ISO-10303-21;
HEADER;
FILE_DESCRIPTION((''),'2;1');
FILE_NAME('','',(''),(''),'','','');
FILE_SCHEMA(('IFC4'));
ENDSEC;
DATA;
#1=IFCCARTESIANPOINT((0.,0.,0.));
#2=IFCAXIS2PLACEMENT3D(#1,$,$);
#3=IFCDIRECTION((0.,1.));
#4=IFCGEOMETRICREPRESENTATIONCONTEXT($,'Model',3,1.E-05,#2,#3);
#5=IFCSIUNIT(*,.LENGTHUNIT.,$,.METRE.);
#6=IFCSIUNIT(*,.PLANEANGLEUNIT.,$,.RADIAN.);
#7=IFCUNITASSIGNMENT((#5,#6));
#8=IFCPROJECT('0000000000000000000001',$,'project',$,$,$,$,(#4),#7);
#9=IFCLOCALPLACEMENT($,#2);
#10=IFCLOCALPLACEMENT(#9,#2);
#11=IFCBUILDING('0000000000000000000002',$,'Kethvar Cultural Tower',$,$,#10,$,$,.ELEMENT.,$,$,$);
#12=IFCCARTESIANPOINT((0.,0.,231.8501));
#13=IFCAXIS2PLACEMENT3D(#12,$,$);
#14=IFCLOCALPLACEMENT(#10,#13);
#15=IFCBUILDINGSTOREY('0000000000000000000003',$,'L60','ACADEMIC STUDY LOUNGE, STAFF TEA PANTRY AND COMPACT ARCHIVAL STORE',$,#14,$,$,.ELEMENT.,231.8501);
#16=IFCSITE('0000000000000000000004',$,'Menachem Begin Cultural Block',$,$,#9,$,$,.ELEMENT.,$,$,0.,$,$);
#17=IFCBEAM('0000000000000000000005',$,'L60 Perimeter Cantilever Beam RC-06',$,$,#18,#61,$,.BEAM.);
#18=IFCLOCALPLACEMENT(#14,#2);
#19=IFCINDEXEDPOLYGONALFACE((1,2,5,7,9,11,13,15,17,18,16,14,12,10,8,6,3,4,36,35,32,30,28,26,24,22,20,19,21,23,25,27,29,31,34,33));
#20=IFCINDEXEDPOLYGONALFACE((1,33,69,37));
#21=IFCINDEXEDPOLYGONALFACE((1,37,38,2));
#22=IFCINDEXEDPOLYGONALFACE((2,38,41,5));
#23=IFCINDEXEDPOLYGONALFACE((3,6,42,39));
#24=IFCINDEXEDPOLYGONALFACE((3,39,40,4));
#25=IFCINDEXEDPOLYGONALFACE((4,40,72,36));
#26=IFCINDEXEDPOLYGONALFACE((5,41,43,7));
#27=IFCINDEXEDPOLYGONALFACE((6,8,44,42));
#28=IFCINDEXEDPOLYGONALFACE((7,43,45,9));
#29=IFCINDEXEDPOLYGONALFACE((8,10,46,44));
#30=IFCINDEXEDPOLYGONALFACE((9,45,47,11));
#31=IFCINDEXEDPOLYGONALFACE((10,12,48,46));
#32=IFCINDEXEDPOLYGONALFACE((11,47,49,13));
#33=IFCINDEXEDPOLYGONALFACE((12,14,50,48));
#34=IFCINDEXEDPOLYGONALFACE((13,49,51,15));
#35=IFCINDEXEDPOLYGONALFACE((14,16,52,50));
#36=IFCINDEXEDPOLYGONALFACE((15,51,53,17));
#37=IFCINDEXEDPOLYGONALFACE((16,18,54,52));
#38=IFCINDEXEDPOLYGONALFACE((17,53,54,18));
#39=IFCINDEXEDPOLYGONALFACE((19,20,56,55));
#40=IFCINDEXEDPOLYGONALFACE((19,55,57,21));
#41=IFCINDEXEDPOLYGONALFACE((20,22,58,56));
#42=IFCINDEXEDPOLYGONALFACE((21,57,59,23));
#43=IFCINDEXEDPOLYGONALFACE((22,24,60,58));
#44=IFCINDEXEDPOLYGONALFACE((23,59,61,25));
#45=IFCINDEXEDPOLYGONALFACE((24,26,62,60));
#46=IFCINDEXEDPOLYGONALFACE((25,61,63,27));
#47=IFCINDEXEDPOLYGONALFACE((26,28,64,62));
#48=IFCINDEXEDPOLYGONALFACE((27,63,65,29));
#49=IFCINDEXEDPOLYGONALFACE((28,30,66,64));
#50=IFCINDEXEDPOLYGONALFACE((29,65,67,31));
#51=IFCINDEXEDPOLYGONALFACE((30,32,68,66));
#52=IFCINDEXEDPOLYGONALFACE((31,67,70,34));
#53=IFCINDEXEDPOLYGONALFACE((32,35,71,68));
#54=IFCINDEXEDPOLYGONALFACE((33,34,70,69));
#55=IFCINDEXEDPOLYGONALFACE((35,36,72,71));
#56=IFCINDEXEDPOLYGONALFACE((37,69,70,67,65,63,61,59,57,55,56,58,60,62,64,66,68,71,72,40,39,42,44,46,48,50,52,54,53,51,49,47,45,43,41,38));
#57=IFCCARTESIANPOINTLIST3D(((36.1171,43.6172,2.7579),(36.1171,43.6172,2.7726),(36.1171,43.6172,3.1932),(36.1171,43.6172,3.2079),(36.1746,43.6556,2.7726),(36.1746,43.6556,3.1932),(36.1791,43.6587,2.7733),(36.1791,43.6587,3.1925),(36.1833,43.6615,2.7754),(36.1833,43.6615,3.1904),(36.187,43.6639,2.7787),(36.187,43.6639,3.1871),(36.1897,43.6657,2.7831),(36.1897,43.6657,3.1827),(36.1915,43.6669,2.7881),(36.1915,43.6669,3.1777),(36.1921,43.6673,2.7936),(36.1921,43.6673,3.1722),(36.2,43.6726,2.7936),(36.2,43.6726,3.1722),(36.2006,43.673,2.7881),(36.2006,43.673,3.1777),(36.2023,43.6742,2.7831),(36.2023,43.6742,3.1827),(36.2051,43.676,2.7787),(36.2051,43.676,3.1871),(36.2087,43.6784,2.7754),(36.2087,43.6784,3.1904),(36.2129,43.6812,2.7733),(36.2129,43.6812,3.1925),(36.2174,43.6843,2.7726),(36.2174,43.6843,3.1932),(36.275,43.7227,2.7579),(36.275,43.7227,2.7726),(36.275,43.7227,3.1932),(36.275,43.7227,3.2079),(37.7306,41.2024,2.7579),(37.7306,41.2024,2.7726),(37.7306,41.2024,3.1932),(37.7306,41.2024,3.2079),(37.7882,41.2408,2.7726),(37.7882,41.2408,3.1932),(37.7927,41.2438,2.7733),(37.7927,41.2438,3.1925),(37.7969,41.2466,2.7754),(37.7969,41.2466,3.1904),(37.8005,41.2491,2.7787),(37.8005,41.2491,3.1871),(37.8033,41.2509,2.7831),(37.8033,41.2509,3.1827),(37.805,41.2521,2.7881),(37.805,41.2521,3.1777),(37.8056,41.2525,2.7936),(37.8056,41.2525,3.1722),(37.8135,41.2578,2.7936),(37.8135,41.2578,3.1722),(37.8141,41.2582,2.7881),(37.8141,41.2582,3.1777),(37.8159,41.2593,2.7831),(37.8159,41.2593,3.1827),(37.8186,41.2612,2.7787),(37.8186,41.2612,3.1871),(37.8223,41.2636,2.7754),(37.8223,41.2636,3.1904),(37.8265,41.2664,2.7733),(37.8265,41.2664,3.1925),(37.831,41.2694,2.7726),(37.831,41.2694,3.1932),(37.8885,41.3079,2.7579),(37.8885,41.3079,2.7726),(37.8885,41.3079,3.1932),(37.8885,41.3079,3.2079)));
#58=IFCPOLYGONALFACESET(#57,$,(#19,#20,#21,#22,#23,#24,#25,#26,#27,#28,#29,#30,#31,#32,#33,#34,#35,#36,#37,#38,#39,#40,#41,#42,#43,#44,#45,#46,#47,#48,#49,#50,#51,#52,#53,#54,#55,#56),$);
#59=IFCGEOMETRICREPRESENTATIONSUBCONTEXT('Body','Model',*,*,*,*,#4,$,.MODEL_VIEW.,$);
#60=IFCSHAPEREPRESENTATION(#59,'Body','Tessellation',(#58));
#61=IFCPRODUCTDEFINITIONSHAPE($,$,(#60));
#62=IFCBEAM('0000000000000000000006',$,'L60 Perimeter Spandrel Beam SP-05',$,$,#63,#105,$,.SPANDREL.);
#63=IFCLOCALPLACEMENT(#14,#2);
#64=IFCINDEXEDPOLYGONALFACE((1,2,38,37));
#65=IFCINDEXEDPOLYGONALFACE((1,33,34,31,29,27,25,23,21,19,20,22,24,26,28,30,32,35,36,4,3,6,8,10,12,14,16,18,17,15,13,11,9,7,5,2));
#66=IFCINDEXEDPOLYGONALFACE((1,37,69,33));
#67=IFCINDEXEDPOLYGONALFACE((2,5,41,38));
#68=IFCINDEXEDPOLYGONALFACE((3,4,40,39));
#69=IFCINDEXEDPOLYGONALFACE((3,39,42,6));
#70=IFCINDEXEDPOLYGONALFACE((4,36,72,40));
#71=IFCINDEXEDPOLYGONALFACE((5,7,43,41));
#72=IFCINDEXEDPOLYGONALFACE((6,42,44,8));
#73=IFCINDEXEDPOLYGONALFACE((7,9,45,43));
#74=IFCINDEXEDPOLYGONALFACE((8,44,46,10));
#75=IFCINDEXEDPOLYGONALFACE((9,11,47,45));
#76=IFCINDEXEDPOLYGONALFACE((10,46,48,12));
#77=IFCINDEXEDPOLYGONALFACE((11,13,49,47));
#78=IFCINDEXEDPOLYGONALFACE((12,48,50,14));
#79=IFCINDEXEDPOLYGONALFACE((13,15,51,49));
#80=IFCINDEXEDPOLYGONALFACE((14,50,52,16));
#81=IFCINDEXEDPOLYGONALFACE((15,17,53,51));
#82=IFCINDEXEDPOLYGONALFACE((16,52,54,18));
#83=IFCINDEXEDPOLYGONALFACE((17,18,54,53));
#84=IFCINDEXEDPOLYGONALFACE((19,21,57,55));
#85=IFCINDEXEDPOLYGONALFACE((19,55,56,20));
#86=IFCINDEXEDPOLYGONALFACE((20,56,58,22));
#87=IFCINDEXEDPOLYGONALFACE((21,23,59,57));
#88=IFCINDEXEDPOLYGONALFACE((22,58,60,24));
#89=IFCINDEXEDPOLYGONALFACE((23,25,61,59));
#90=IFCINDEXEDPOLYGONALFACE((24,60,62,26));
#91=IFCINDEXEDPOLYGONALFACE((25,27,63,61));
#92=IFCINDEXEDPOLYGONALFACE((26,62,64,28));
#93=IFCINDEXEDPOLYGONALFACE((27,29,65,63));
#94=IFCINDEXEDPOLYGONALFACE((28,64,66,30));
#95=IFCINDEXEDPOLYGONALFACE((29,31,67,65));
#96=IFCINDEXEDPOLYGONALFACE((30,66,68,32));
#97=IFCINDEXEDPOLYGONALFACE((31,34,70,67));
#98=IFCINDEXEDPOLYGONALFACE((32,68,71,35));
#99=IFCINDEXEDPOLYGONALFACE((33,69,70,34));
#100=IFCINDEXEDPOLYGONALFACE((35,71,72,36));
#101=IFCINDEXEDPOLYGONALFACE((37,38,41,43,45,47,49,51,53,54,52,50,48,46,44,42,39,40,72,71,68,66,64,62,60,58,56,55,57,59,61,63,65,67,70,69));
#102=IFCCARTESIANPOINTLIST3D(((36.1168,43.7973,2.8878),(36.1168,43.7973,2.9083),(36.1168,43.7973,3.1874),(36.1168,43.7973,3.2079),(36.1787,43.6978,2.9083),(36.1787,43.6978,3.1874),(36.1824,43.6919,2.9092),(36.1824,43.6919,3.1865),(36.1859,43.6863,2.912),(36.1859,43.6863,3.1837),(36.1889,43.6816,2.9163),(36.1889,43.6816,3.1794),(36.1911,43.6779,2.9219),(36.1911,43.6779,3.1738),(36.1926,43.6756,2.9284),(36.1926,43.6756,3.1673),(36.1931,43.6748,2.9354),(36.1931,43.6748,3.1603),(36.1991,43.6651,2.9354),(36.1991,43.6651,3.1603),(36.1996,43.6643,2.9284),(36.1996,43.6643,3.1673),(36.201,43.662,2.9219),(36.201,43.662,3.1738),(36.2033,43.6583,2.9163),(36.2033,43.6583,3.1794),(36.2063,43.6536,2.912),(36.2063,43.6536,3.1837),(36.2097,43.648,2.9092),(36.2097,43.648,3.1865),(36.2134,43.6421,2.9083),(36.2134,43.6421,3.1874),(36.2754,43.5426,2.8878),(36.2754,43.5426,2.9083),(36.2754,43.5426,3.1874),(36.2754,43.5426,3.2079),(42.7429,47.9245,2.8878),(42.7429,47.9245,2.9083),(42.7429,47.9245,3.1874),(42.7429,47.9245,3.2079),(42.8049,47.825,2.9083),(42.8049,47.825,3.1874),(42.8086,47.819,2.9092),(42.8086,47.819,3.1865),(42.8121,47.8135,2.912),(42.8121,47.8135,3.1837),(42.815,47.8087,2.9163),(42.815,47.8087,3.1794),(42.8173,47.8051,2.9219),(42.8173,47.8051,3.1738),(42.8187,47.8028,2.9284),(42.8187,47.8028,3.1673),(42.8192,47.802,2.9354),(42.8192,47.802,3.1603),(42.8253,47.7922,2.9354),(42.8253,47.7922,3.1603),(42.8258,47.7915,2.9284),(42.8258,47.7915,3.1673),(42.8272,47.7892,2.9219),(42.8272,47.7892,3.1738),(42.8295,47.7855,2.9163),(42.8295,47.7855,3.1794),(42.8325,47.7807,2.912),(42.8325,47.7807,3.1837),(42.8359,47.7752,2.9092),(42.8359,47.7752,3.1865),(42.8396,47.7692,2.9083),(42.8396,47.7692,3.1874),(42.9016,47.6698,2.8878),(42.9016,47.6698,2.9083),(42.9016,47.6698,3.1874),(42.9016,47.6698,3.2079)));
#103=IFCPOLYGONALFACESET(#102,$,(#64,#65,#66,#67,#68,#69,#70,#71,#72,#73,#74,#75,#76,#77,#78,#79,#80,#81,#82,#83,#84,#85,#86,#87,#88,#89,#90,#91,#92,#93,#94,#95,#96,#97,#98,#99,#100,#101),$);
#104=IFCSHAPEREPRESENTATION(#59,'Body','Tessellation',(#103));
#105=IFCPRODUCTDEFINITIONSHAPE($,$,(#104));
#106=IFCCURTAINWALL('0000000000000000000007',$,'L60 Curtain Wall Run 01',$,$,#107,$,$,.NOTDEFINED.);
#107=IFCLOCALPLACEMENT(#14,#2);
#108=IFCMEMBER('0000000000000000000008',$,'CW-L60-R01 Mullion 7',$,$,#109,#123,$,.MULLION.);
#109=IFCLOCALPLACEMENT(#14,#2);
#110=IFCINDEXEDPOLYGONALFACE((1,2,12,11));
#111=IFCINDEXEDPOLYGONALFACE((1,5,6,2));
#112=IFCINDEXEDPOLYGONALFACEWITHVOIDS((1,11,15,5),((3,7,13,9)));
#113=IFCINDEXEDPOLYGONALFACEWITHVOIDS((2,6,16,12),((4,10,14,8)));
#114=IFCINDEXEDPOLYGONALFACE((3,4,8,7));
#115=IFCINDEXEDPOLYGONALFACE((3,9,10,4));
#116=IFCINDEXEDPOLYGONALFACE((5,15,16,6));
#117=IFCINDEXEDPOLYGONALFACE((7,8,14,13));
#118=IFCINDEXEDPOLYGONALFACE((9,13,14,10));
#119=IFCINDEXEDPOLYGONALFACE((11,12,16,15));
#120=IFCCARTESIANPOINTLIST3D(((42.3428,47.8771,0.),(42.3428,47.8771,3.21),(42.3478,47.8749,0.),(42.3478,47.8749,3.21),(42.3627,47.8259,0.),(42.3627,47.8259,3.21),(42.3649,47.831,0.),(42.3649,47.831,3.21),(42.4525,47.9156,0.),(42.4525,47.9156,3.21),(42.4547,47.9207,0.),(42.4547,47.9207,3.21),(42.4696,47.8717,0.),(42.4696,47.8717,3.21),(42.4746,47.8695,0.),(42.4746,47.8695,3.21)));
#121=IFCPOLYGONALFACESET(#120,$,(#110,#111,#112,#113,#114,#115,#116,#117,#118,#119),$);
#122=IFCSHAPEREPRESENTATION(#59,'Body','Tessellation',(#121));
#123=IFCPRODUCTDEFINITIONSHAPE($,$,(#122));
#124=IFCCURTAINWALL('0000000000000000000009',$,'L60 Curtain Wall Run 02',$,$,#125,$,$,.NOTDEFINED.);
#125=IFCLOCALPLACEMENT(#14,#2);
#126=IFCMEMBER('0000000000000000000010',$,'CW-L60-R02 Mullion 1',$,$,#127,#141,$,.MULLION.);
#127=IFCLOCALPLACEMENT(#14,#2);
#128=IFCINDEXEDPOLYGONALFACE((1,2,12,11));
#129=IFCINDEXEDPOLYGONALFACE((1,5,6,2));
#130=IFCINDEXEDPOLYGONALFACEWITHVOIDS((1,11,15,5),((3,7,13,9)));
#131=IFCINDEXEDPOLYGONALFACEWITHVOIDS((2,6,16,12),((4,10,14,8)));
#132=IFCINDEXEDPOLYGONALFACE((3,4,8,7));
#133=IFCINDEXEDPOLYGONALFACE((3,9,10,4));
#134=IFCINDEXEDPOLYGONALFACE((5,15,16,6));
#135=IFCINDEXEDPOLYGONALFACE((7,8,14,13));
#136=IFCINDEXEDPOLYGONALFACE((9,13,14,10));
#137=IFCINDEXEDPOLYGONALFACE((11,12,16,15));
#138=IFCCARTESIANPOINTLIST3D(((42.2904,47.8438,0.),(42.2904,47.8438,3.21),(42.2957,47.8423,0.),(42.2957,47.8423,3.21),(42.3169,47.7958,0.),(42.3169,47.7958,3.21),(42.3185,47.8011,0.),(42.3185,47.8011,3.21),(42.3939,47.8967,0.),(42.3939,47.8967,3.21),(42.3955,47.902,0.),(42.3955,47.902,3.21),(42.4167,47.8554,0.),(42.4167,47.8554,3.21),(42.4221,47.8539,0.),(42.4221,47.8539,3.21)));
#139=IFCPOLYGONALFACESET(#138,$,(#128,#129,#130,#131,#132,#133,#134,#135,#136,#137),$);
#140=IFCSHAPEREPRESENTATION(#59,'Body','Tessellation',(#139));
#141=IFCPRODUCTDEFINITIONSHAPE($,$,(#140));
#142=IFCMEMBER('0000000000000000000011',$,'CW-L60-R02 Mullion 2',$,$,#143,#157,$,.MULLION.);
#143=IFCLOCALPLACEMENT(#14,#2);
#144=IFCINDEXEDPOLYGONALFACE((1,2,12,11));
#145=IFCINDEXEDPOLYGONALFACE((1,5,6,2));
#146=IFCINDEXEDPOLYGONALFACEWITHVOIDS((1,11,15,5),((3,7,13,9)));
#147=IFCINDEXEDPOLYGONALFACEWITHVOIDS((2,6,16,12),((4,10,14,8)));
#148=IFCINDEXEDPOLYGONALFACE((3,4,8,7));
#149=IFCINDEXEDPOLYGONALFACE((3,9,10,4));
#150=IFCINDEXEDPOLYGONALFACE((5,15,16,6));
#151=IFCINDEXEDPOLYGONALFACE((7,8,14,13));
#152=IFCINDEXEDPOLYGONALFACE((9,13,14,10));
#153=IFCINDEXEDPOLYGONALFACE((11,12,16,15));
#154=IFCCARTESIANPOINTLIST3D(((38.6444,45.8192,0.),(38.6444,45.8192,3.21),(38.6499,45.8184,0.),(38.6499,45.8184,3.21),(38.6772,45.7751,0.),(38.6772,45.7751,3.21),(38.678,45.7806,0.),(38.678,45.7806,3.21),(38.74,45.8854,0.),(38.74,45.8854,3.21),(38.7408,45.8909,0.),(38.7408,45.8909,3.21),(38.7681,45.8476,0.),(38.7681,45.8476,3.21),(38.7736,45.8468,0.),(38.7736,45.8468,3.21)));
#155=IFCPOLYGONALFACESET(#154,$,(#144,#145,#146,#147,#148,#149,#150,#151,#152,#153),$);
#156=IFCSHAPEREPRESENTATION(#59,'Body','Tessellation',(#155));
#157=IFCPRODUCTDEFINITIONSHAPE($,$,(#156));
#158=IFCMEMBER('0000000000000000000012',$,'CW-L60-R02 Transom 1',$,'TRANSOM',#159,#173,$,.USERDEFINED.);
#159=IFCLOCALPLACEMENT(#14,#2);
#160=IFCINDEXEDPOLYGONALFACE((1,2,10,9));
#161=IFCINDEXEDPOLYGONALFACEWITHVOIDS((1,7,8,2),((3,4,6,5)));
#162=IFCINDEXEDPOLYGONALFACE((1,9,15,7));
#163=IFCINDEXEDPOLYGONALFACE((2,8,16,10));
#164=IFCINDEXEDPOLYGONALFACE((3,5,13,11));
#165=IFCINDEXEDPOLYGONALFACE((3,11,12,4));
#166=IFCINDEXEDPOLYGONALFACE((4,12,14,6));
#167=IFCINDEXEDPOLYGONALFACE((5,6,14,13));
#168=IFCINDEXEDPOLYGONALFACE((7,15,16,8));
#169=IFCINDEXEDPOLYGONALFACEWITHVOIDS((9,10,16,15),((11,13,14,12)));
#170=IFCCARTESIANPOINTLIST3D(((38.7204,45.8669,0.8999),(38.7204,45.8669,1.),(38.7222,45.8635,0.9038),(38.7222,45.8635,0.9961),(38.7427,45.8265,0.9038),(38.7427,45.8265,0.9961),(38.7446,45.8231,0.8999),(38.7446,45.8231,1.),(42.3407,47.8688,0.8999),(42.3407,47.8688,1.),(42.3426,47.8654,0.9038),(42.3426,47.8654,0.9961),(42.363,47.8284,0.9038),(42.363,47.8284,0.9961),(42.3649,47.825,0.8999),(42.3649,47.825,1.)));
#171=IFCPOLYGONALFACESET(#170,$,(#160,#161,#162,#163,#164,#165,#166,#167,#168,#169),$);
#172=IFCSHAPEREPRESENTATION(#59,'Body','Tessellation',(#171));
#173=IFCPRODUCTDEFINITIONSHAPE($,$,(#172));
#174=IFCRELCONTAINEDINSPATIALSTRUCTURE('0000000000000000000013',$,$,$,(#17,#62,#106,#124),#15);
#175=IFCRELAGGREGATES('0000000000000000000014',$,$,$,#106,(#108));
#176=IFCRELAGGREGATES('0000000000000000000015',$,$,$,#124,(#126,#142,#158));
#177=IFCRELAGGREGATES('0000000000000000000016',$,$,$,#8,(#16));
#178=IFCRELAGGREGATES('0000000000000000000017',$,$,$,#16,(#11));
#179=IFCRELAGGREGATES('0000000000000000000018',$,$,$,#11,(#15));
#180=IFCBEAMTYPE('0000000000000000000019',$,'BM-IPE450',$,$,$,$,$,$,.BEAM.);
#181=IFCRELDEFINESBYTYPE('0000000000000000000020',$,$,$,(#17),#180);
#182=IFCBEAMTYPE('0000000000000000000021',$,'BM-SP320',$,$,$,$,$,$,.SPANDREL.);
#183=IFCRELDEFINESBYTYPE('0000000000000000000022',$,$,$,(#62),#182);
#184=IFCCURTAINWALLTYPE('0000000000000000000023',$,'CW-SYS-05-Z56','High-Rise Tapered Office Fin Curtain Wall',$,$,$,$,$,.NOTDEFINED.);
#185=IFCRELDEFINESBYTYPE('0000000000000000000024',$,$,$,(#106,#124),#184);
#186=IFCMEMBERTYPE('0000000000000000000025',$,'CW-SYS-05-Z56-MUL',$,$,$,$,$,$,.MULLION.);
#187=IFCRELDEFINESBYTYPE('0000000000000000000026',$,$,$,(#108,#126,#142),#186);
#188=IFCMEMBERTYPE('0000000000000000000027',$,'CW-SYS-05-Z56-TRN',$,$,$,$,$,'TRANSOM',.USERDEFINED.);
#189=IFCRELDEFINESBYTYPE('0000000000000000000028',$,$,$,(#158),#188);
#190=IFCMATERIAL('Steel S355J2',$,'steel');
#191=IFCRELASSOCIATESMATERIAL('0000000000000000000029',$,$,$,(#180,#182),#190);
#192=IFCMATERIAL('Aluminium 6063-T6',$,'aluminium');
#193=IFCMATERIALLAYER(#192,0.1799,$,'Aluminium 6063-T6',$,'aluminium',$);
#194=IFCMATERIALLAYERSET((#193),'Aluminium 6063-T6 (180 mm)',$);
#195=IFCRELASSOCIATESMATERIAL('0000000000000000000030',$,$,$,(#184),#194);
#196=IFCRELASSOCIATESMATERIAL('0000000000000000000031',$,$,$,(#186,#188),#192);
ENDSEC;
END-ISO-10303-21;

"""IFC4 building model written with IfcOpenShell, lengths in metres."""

from ifc_helpers import new_model, si_unit, direction, frame, origin, origin_2d, place, context, subcontext, project, spatial, hollow_rectangle, i_section, extrude, source, transform, mapped, material, layer, layer_set, material_profile, profile_set, type_object, element, aggregate, save


model = new_model("IFC4")

# Units and contexts
model_context = context("Model", 3, precision=1e-05, world=origin(), true_north=direction((0.0, 1.0)))
body_context = subcontext(model_context, "Body", "Model", "MODEL_VIEW")
ifc_project = project(units=[si_unit("LENGTHUNIT", "METRE"), si_unit("PLANEANGLEUNIT", "RADIAN")], contexts=[model_context])

# Site, building, storey
site_placement = place(None, origin())
site = spatial("IfcSite", under=ifc_project, at=site_placement, Name="Menachem Begin Cultural Block", CompositionType="ELEMENT", RefElevation=0.0)
building_placement = place(site_placement, origin())
building = spatial("IfcBuilding", under=site, at=building_placement, Name="Kethvar Cultural Tower", CompositionType="ELEMENT")
storey_placement = place(building_placement, frame((0.0, 0.0, 231.8501)))
storey = spatial("IfcBuildingStorey", under=building, at=storey_placement, Name="L60", Description="ACADEMIC STUDY LOUNGE, STAFF TEA PANTRY AND COMPACT ARCHIVAL STORE", CompositionType="ELEMENT", Elevation=231.8501)

# Beams
ifc_material_1 = material(Name="Steel S355J2", Category="steel")
ifc_material_profile_1 = material_profile(ifc_material_1, i_section(OverallWidth=0.1899, OverallDepth=0.45, WebThickness=0.0095, FlangeThickness=0.0146, FilletRadius=0.021, at=origin_2d()), Name="Steel S355J2 — IPE450")
ifc_profile_set_1 = profile_set([ifc_material_profile_1], Name="Steel S355J2 — IPE450")
beam_type_1 = type_object("IfcBeamType", Name="BM-IPE450", PredefinedType="BEAM", material=ifc_profile_set_1)
shared_shape_1 = source(origin(), body_context, "Body", "SweptSolid", [
    extrude(i_section(OverallWidth=0.1899, OverallDepth=0.45, WebThickness=0.0095, FlangeThickness=0.0146, FilletRadius=0.021, at=origin_2d()), origin(), (0.0, 0.0, 1.0), 2.9043),
])
beam_1_placement = place(storey_placement, frame((37.8096, 41.2551, 2.9829), z_axis=(-0.555573, 0.831468, 0.0), x_axis=(-0.831468, -0.555573, 0.0)))
element("IfcBeam", 1, at=beam_1_placement, inside=storey, type_object=beam_type_1, Name="L60 Perimeter Cantilever Beam RC-06", PredefinedType="BEAM", context=body_context, shape_type="MappedRepresentation", body=[
    mapped(shared_shape_1, transform((0.0, 0.0, 0.0), scale=1.0)),
])
ifc_material_profile_2 = material_profile(ifc_material_1, i_section(OverallWidth=0.3, OverallDepth=0.3201, WebThickness=0.0115, FlangeThickness=0.0205, FilletRadius=0.0271, at=origin_2d()), Name="Steel S355J2 — HEB320")
ifc_profile_set_2 = profile_set([ifc_material_profile_2], Name="Steel S355J2 — HEB320")
beam_type_2 = type_object("IfcBeamType", Name="BM-SP320", PredefinedType="SPANDREL", material=ifc_profile_set_2)
shared_shape_2 = source(origin(), body_context, "Body", "SweptSolid", [
    extrude(i_section(OverallWidth=0.3, OverallDepth=0.3201, WebThickness=0.0115, FlangeThickness=0.0205, FilletRadius=0.0271, at=origin_2d()), origin(), (0.0, 0.0, 1.0), 7.8064),
])
beam_2_placement = place(storey_placement, frame((42.8223, 47.7971, 3.0479), z_axis=(-0.848814, -0.528691, 0.0), x_axis=(0.528691, -0.848814, 0.0)))
element("IfcBeam", 2, at=beam_2_placement, inside=storey, type_object=beam_type_2, Name="L60 Perimeter Spandrel Beam SP-05", PredefinedType="SPANDREL", context=body_context, shape_type="MappedRepresentation", body=[
    mapped(shared_shape_2, transform((0.0, 0.0, 0.0), scale=1.0)),
])

# Curtain wall, member
ifc_material_2 = material(Name="Aluminium 6063-T6", Category="aluminium")
ifc_layer_1 = layer(ifc_material_2, 0.1799, Name="Aluminium 6063-T6", Category="aluminium")
ifc_layer_set_1 = layer_set([ifc_layer_1], Name="Aluminium 6063-T6 (180 mm)")
curtain_wall_type = type_object("IfcCurtainWallType", Name="CW-SYS-05-Z56", Description="High-Rise Tapered Office Fin Curtain Wall", PredefinedType="NOTDEFINED", material=ifc_layer_set_1)
curtain_wall_1_placement = place(storey_placement, origin())
curtain_wall_1 = element("IfcCurtainWall", 3, at=curtain_wall_1_placement, inside=storey, type_object=curtain_wall_type, Name="L60 Curtain Wall Run 01", PredefinedType="NOTDEFINED")
ifc_material_profile_3 = material_profile(ifc_material_2, hollow_rectangle(XDim=0.0549, YDim=0.1201, WallThickness=0.0039, at=origin_2d()), Name="Aluminium 6063-T6 — RHS120x55x4")
ifc_profile_set_3 = profile_set([ifc_material_profile_3], Name="Aluminium 6063-T6 — RHS120x55x4")
member_type_1 = type_object("IfcMemberType", Name="CW-SYS-05-Z56-MUL", PredefinedType="MULLION", material=ifc_profile_set_3)
shared_shape_3 = source(origin(), body_context, "Body", "SweptSolid", [
    extrude(hollow_rectangle(XDim=0.0549, YDim=0.1201, WallThickness=0.0039, at=origin_2d()), origin(), (0.0, 0.0, 1.0), 3.21),
])
member_1_placement = place(storey_placement, frame((42.4087, 47.8733, 0.0), z_axis=(0.0, 0.0, 1.0), x_axis=(0.362698, -0.931907, 0.0)))
member_1 = element("IfcMember", 4, at=member_1_placement, type_object=member_type_1, Name="CW-L60-R01 Mullion 7", PredefinedType="MULLION", context=body_context, shape_type="MappedRepresentation", body=[
    mapped(shared_shape_3, transform((0.0, 0.0, 0.0), scale=1.0)),
])

# Curtain wall, members
curtain_wall_2_placement = place(storey_placement, origin())
curtain_wall_2 = element("IfcCurtainWall", 5, at=curtain_wall_2_placement, inside=storey, type_object=curtain_wall_type, Name="L60 Curtain Wall Run 02", PredefinedType="NOTDEFINED")
member_2_placement = place(storey_placement, frame((42.3562, 47.8489, 0.0), z_axis=(0.0, 0.0, 1.0), x_axis=(0.483924, -0.87511, 0.0)))
member_2 = element("IfcMember", 6, at=member_2_placement, type_object=member_type_1, Name="CW-L60-R02 Mullion 1", PredefinedType="MULLION", context=body_context, shape_type="MappedRepresentation", body=[
    mapped(shared_shape_3, transform((0.0, 0.0, 0.0), scale=1.0)),
])
member_3_placement = place(storey_placement, frame((38.709, 45.833, 0.0), z_axis=(0.0, 0.0, 1.0), x_axis=(0.596309, -0.802755, 0.0)))
member_3 = element("IfcMember", 7, at=member_3_placement, type_object=member_type_1, Name="CW-L60-R02 Mullion 2", PredefinedType="MULLION", context=body_context, shape_type="MappedRepresentation", body=[
    mapped(shared_shape_3, transform((0.0, 0.0, 0.0), scale=1.0)),
])
ifc_material_profile_4 = material_profile(ifc_material_2, hollow_rectangle(XDim=0.05, YDim=0.1001, WallThickness=0.0039, at=origin_2d()), Name="Aluminium 6063-T6 — RHS100x50x4")
ifc_profile_set_4 = profile_set([ifc_material_profile_4], Name="Aluminium 6063-T6 — RHS100x50x4")
member_type_2 = type_object("IfcMemberType", Name="CW-SYS-05-Z56-TRN", ElementType="TRANSOM", PredefinedType="USERDEFINED", material=ifc_profile_set_4)
shared_shape_4 = source(origin(), body_context, "Body", "SweptSolid", [
    extrude(hollow_rectangle(XDim=0.05, YDim=0.1001, WallThickness=0.0039, at=origin_2d()), origin(), (0.0, 0.0, 1.0), 4.137),
])
member_4_placement = place(storey_placement, frame((42.3528, 47.8469, 0.95), z_axis=(-0.875116, -0.483913, 0.0), x_axis=(0.483913, -0.875116, 0.0)))
member_4 = element("IfcMember", 8, at=member_4_placement, type_object=member_type_2, Name="CW-L60-R02 Transom 1", ObjectType="TRANSOM", PredefinedType="USERDEFINED", context=body_context, shape_type="MappedRepresentation", body=[
    mapped(shared_shape_4, transform((0.0, 0.0, 0.0), scale=1.0)),
])

aggregate(curtain_wall_1, [member_1])
aggregate(curtain_wall_2, [member_2, member_3, member_4])

save(model, "model.ifc")
